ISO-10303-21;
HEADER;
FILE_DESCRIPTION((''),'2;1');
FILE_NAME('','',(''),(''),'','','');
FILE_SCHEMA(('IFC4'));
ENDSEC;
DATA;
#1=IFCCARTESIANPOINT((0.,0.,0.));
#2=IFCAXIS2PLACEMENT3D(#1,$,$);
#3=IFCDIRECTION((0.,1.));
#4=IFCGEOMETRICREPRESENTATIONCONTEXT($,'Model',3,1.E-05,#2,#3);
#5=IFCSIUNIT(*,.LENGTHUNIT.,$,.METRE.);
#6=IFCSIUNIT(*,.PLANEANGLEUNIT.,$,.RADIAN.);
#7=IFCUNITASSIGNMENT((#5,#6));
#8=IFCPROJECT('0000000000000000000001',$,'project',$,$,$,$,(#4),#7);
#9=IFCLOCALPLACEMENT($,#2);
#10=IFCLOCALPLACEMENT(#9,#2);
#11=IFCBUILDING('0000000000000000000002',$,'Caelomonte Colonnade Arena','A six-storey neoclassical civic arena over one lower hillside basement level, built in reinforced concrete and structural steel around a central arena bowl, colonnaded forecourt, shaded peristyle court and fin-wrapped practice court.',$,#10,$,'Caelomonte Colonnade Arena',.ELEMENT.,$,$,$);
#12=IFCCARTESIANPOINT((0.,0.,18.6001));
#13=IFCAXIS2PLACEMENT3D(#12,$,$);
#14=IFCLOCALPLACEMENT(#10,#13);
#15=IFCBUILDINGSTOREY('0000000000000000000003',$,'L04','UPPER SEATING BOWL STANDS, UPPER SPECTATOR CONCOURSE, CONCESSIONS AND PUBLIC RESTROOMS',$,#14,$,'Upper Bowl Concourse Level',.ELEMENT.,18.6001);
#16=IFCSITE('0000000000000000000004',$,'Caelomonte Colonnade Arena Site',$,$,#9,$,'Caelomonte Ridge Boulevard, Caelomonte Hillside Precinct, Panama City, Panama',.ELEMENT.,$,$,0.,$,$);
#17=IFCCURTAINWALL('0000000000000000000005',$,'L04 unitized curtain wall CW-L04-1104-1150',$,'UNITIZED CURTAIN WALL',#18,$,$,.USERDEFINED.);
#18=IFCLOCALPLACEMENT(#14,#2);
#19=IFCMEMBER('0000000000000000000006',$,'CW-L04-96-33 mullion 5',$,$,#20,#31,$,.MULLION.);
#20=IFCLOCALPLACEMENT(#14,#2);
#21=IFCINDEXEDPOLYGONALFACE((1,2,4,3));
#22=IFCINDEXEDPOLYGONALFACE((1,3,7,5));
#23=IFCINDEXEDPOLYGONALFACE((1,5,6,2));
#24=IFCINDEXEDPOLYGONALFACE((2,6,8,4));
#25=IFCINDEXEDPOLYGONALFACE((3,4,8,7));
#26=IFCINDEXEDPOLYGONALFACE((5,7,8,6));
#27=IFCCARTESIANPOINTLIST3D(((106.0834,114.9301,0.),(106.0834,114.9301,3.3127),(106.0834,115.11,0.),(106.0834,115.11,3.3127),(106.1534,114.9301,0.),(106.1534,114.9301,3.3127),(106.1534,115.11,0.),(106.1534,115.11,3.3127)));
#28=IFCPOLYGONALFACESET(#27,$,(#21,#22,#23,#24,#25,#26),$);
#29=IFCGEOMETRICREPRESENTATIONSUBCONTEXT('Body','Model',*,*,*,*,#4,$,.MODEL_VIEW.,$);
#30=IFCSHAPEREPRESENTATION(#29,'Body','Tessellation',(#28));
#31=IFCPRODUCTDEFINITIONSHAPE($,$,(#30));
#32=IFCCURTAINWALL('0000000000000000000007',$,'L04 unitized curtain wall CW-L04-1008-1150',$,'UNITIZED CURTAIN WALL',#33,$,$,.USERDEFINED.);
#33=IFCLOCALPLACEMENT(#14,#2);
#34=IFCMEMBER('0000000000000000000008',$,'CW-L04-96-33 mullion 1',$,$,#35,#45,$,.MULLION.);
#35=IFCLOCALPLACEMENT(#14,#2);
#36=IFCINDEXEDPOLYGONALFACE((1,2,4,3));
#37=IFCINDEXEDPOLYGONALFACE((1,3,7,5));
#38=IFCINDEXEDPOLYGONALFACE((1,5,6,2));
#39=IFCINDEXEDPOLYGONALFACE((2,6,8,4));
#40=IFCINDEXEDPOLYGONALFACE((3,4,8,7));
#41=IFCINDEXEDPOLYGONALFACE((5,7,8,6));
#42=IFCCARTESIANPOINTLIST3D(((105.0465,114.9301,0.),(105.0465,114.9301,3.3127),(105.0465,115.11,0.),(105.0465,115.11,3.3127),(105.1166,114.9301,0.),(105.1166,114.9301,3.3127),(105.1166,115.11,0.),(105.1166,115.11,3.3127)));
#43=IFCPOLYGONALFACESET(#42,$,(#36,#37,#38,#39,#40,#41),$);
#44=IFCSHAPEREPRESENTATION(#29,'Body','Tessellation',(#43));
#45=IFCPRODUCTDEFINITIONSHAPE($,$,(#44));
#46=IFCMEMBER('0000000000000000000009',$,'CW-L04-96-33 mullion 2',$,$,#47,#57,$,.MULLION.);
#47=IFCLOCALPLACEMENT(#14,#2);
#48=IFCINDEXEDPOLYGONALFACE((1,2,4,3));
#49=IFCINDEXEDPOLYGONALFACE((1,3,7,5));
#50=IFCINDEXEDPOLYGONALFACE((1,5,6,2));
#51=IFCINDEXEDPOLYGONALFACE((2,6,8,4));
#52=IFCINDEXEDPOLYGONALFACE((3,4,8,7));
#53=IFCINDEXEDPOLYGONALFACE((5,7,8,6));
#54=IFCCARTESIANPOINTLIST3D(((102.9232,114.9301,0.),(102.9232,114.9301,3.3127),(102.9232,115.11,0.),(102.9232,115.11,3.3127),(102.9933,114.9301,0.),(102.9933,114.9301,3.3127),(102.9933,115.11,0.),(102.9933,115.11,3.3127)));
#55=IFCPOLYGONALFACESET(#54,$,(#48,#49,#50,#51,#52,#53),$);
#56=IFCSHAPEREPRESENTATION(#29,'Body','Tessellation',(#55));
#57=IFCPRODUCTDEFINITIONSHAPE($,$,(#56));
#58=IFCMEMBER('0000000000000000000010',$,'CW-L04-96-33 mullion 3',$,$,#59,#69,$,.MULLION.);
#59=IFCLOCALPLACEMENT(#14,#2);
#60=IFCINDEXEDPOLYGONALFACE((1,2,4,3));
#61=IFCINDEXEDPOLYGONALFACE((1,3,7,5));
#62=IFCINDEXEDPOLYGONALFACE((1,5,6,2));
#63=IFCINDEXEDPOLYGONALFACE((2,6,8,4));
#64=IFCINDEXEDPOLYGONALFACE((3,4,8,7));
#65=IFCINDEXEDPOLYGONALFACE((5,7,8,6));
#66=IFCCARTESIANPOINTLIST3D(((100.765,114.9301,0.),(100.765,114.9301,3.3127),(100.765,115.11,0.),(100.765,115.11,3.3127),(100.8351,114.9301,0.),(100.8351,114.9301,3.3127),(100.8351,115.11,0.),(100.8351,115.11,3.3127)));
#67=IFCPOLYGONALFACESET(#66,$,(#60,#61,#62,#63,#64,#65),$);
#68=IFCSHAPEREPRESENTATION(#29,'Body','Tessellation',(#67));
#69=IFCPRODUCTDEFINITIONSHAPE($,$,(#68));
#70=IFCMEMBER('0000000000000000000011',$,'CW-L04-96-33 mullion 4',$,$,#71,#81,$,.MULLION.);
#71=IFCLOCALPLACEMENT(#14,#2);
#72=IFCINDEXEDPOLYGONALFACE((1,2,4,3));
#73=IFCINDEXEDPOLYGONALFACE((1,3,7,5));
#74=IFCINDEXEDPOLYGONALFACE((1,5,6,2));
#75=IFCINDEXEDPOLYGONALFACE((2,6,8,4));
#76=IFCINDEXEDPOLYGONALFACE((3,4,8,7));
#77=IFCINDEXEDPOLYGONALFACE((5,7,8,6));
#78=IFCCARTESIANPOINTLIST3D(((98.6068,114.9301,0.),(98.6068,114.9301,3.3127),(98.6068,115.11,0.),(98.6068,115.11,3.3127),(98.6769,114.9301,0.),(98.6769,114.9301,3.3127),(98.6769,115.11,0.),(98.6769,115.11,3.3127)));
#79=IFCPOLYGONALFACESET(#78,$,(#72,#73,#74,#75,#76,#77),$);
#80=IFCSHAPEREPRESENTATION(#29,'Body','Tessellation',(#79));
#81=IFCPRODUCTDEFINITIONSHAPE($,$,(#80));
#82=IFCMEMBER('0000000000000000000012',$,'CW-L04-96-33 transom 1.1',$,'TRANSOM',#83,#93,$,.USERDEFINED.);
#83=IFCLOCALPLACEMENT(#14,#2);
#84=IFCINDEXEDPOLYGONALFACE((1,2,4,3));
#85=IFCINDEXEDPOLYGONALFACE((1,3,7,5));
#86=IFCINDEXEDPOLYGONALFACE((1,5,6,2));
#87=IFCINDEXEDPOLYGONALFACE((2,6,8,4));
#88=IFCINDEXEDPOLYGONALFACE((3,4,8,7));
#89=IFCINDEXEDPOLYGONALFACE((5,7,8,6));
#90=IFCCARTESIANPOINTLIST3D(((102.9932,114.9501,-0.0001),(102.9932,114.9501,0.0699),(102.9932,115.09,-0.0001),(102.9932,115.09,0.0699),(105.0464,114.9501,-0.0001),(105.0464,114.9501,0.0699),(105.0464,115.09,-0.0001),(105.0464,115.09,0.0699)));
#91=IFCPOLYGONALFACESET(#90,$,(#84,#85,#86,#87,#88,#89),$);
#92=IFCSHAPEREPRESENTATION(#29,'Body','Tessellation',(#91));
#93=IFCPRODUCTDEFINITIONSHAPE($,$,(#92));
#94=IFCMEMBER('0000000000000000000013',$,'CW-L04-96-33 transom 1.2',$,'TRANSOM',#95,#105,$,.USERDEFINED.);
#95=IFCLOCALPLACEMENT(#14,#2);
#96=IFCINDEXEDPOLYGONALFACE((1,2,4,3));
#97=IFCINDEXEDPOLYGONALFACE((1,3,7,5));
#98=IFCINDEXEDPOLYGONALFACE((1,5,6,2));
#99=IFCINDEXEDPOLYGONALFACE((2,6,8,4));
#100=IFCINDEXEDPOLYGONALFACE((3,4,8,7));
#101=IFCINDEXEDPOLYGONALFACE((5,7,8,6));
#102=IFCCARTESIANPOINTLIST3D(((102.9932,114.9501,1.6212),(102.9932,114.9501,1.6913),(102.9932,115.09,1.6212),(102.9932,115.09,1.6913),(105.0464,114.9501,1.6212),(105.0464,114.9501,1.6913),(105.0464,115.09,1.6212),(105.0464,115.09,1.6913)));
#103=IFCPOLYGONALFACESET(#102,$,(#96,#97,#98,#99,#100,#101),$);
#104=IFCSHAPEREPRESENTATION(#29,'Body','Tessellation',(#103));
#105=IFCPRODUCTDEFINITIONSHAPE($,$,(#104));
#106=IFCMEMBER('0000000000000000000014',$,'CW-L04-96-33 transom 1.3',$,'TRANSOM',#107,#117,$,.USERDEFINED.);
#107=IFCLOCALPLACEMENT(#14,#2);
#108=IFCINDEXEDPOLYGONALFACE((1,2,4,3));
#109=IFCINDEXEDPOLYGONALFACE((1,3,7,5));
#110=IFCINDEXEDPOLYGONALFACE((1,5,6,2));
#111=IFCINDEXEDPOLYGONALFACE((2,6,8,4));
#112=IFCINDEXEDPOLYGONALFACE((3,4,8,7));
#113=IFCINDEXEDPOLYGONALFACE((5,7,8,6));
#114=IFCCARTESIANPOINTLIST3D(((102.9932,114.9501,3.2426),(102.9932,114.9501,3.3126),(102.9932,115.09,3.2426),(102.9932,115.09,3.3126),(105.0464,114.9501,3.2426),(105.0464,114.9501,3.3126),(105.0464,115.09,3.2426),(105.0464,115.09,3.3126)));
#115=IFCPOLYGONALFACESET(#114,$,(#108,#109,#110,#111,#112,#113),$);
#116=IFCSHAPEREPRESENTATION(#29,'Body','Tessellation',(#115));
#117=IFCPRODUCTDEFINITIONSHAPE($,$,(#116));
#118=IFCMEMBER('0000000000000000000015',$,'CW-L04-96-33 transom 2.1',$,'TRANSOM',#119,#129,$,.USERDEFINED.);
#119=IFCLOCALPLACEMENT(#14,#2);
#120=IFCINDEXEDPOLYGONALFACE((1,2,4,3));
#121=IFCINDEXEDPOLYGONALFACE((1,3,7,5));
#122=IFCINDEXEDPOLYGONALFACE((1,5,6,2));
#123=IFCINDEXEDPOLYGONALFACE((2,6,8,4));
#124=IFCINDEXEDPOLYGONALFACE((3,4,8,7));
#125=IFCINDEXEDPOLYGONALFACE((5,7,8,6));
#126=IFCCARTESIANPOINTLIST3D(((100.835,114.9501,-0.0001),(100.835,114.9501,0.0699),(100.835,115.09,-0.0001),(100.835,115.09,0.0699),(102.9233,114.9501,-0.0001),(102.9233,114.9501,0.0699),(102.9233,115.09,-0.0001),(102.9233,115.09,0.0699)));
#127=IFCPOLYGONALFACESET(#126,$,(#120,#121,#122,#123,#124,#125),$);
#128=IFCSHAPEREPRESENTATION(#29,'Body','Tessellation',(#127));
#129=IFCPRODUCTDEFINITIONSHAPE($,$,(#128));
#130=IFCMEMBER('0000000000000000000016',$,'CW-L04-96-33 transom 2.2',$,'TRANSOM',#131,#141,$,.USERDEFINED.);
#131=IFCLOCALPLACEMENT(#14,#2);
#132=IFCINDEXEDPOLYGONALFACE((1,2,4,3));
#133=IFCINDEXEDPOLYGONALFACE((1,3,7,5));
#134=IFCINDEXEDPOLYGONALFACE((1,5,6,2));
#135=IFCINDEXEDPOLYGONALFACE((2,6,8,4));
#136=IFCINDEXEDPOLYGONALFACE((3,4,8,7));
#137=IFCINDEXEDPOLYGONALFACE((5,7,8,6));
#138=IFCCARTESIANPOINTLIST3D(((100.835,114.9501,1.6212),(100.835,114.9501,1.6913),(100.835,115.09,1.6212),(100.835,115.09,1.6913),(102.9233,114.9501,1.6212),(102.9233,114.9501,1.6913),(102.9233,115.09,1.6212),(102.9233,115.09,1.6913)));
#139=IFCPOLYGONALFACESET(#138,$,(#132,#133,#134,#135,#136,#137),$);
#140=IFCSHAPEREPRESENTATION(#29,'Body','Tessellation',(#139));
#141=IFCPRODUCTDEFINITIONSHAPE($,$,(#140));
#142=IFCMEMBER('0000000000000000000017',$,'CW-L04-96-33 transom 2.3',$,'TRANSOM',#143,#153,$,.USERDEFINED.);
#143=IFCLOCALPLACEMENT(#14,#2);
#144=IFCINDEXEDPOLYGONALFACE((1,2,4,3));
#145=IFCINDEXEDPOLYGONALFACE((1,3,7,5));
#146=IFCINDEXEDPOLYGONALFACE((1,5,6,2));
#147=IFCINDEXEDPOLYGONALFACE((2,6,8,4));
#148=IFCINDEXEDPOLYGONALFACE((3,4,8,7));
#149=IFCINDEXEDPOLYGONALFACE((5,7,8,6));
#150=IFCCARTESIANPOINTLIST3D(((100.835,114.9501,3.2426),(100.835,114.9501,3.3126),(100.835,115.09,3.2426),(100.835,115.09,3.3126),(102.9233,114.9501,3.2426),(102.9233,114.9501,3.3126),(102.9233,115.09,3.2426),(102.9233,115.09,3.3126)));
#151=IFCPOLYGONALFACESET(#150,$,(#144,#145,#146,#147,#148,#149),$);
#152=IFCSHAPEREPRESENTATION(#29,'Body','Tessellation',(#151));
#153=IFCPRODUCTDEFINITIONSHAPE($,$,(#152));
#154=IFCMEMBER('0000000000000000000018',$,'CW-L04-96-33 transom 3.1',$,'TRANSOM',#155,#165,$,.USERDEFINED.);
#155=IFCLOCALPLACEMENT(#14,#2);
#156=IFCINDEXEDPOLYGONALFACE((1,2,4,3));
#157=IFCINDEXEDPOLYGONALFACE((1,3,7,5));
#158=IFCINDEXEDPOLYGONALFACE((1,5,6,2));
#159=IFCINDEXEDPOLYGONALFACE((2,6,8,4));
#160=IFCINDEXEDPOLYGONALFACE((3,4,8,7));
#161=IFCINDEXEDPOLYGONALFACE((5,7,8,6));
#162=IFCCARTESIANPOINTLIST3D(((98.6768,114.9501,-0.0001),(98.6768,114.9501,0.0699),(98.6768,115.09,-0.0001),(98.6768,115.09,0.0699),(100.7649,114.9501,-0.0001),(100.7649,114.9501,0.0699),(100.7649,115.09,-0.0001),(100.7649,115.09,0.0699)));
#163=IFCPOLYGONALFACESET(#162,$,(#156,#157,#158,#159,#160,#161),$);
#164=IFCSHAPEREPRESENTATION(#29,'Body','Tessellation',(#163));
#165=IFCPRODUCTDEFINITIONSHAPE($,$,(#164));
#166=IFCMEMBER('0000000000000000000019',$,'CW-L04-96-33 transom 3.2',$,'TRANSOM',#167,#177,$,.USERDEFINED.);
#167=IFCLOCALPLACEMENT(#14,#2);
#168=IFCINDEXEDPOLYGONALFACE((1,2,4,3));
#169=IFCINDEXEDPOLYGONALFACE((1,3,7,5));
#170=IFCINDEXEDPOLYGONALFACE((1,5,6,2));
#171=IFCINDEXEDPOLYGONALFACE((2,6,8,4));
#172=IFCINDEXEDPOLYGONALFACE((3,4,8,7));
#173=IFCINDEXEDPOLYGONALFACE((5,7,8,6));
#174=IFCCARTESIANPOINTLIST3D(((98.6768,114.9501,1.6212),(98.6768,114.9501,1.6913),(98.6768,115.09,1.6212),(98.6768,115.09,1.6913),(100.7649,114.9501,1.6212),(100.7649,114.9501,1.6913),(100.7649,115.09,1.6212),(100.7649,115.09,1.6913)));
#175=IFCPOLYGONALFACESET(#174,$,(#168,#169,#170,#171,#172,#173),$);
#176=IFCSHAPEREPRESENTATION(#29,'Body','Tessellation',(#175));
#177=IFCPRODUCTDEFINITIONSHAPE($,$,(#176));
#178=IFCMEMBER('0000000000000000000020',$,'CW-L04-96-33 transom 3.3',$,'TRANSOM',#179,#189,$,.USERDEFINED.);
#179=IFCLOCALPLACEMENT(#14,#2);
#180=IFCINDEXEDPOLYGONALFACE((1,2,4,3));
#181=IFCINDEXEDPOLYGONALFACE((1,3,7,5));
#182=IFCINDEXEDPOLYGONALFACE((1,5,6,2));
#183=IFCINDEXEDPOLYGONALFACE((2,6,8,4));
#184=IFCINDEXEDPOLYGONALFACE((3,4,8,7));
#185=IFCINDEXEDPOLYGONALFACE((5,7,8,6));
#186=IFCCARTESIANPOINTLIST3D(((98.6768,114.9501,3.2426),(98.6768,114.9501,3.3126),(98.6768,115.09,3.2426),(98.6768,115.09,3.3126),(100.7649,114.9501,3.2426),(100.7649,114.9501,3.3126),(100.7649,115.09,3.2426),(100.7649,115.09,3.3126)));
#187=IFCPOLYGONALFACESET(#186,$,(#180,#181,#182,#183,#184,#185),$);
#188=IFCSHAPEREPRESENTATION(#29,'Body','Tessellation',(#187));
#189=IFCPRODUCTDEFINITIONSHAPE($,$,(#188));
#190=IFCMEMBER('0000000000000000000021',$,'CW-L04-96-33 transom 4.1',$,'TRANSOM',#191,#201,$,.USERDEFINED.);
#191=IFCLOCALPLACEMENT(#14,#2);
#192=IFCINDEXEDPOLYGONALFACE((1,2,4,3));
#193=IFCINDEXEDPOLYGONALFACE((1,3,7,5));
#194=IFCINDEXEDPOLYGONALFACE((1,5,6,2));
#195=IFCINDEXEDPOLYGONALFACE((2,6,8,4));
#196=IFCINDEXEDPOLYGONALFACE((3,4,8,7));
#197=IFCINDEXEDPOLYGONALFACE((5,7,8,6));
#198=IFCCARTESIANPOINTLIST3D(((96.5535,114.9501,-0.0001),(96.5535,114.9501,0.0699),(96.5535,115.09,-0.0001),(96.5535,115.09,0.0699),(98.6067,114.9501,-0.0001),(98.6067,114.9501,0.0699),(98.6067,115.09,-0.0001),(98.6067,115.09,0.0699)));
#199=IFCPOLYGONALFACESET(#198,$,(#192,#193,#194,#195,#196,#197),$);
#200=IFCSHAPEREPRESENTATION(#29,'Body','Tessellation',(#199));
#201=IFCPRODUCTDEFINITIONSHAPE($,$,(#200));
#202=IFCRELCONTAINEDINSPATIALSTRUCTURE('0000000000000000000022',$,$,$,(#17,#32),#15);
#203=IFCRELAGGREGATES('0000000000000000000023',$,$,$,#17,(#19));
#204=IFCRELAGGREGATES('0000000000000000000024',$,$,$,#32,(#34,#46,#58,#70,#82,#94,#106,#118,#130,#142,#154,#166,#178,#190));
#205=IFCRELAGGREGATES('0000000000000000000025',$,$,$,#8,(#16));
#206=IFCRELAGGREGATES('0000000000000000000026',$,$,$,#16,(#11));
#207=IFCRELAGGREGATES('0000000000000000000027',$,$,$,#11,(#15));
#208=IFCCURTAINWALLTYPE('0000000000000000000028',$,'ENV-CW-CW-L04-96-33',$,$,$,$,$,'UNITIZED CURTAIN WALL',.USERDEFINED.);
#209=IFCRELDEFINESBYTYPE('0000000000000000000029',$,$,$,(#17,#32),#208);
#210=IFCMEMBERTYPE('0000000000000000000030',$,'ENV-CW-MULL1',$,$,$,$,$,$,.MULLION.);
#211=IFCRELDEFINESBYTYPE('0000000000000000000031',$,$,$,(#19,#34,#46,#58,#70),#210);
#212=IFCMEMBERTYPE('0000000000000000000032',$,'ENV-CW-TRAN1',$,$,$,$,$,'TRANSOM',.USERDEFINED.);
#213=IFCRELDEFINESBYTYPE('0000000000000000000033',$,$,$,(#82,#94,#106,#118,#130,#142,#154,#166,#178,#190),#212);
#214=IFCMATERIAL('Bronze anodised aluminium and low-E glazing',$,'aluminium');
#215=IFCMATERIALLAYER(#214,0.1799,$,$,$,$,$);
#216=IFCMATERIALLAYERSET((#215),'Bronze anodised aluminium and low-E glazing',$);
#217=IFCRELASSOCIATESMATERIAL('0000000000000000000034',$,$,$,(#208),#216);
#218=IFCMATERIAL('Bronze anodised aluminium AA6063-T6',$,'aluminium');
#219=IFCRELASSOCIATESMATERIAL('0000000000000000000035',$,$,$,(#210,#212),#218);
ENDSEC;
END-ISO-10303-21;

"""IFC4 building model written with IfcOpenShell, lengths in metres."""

from ifc_helpers import new_model, si_unit, direction, frame, origin, origin_2d, place, context, subcontext, project, spatial, rectangle, extrude, material, layer, layer_set, material_profile, profile_set, type_object, element, aggregate, save


model = new_model("IFC4")

# Units and contexts
model_context = context("Model", 3, precision=1e-05, world=origin(), true_north=direction((0.0, 1.0)))
body_context = subcontext(model_context, "Body", "Model", "MODEL_VIEW")
ifc_project = project(units=[si_unit("LENGTHUNIT", "METRE"), si_unit("PLANEANGLEUNIT", "RADIAN")], contexts=[model_context])

# Site, building, storey
site_placement = place(None, origin())
site = spatial("IfcSite", under=ifc_project, at=site_placement, Name="Caelomonte Colonnade Arena Site", LongName="Caelomonte Ridge Boulevard, Caelomonte Hillside Precinct, Panama City, Panama", CompositionType="ELEMENT", RefElevation=0.0)
building_placement = place(site_placement, origin())
building = spatial("IfcBuilding", under=site, at=building_placement, Name="Caelomonte Colonnade Arena", Description="A six-storey neoclassical civic arena over one lower hillside basement level, built in reinforced concrete and structural steel around a central arena bowl, colonnaded forecourt, shaded peristyle court and fin-wrapped practice court.", LongName="Caelomonte Colonnade Arena", CompositionType="ELEMENT")
storey_placement = place(building_placement, frame((0.0, 0.0, 18.6001)))
storey = spatial("IfcBuildingStorey", under=building, at=storey_placement, Name="L04", Description="UPPER SEATING BOWL STANDS, UPPER SPECTATOR CONCOURSE, CONCESSIONS AND PUBLIC RESTROOMS", LongName="Upper Bowl Concourse Level", CompositionType="ELEMENT", Elevation=18.6001)

# Curtain wall, member
ifc_material_1 = material(Name="Bronze anodised aluminium and low-E glazing", Category="aluminium")
ifc_layer_1 = layer(ifc_material_1, 0.1799)
ifc_layer_set_1 = layer_set([ifc_layer_1], Name="Bronze anodised aluminium and low-E glazing")
curtain_wall_type = type_object("IfcCurtainWallType", Name="ENV-CW-CW-L04-96-33", ElementType="UNITIZED CURTAIN WALL", PredefinedType="USERDEFINED", material=ifc_layer_set_1)
curtain_wall_1_placement = place(storey_placement, origin())
curtain_wall_1 = element("IfcCurtainWall", 1, at=curtain_wall_1_placement, inside=storey, type_object=curtain_wall_type, Name="L04 unitized curtain wall CW-L04-1104-1150", ObjectType="UNITIZED CURTAIN WALL", PredefinedType="USERDEFINED")
ifc_material_2 = material(Name="Bronze anodised aluminium AA6063-T6", Category="aluminium")
ifc_material_profile_1 = material_profile(ifc_material_2, rectangle(XDim=0.0701, YDim=0.1799, at=origin_2d()), Name="CWM-70X180")
ifc_profile_set_1 = profile_set([ifc_material_profile_1], Name="Bronze anodised aluminium AA6063-T6")
member_type_1 = type_object("IfcMemberType", Name="ENV-CW-MULL1", PredefinedType="MULLION", material=ifc_profile_set_1)
member_1_placement = place(storey_placement, frame((106.1184, 115.02, 0.0), z_axis=(0.0, 0.0, 1.0), x_axis=(-1.0, 0.0, 0.0)))
member_1 = element("IfcMember", 2, at=member_1_placement, type_object=member_type_1, Name="CW-L04-96-33 mullion 5", PredefinedType="MULLION", context=body_context, shape_type="SweptSolid", body=[
    extrude(rectangle(XDim=0.0701, YDim=0.1799, at=origin_2d()), origin(), (0.0, 0.0, 1.0), 3.3127),
])
aggregate(curtain_wall_1, [member_1])

# Curtain wall, members
curtain_wall_2_placement = place(storey_placement, origin())
curtain_wall_2 = element("IfcCurtainWall", 3, at=curtain_wall_2_placement, inside=storey, type_object=curtain_wall_type, Name="L04 unitized curtain wall CW-L04-1008-1150", ObjectType="UNITIZED CURTAIN WALL", PredefinedType="USERDEFINED")
member_2_placement = place(storey_placement, frame((105.0815, 115.02, 0.0), z_axis=(0.0, 0.0, 1.0), x_axis=(-1.0, 0.0, 0.0)))
member_2 = element("IfcMember", 4, at=member_2_placement, type_object=member_type_1, Name="CW-L04-96-33 mullion 1", PredefinedType="MULLION", context=body_context, shape_type="SweptSolid", body=[
    extrude(rectangle(XDim=0.0701, YDim=0.1799, at=origin_2d()), origin(), (0.0, 0.0, 1.0), 3.3127),
])
member_3_placement = place(storey_placement, frame((102.9583, 115.02, 0.0), z_axis=(0.0, 0.0, 1.0), x_axis=(-1.0, 0.0, 0.0)))
member_3 = element("IfcMember", 5, at=member_3_placement, type_object=member_type_1, Name="CW-L04-96-33 mullion 2", PredefinedType="MULLION", context=body_context, shape_type="SweptSolid", body=[
    extrude(rectangle(XDim=0.0701, YDim=0.1799, at=origin_2d()), origin(), (0.0, 0.0, 1.0), 3.3127),
])
member_4_placement = place(storey_placement, frame((100.8, 115.02, 0.0), z_axis=(0.0, 0.0, 1.0), x_axis=(-1.0, 0.0, 0.0)))
member_4 = element("IfcMember", 6, at=member_4_placement, type_object=member_type_1, Name="CW-L04-96-33 mullion 3", PredefinedType="MULLION", context=body_context, shape_type="SweptSolid", body=[
    extrude(rectangle(XDim=0.0701, YDim=0.1799, at=origin_2d()), origin(), (0.0, 0.0, 1.0), 3.3127),
])
member_5_placement = place(storey_placement, frame((98.6418, 115.02, 0.0), z_axis=(0.0, 0.0, 1.0), x_axis=(-1.0, 0.0, 0.0)))
member_5 = element("IfcMember", 7, at=member_5_placement, type_object=member_type_1, Name="CW-L04-96-33 mullion 4", PredefinedType="MULLION", context=body_context, shape_type="SweptSolid", body=[
    extrude(rectangle(XDim=0.0701, YDim=0.1799, at=origin_2d()), origin(), (0.0, 0.0, 1.0), 3.3127),
])
ifc_material_profile_2 = material_profile(ifc_material_2, rectangle(XDim=0.0701, YDim=0.1399, at=origin_2d()), Name="CWT-70X140")
ifc_profile_set_2 = profile_set([ifc_material_profile_2], Name="Bronze anodised aluminium AA6063-T6")
member_type_2 = type_object("IfcMemberType", Name="ENV-CW-TRAN1", ElementType="TRANSOM", PredefinedType="USERDEFINED", material=ifc_profile_set_2)
member_6_placement = place(storey_placement, frame((105.0464, 115.02, 0.0349), z_axis=(-1.0, 0.0, 0.0), x_axis=(0.0, 0.0, 1.0)))
member_6 = element("IfcMember", 8, at=member_6_placement, type_object=member_type_2, Name="CW-L04-96-33 transom 1.1", ObjectType="TRANSOM", PredefinedType="USERDEFINED", context=body_context, shape_type="SweptSolid", body=[
    extrude(rectangle(XDim=0.0701, YDim=0.1399, at=origin_2d()), origin(), (0.0, 0.0, 1.0), 2.0532),
])
member_7_placement = place(storey_placement, frame((105.0464, 115.02, 1.6562), z_axis=(-1.0, 0.0, 0.0), x_axis=(0.0, 0.0, 1.0)))
member_7 = element("IfcMember", 9, at=member_7_placement, type_object=member_type_2, Name="CW-L04-96-33 transom 1.2", ObjectType="TRANSOM", PredefinedType="USERDEFINED", context=body_context, shape_type="SweptSolid", body=[
    extrude(rectangle(XDim=0.0701, YDim=0.1399, at=origin_2d()), origin(), (0.0, 0.0, 1.0), 2.0532),
])
member_8_placement = place(storey_placement, frame((105.0464, 115.02, 3.2776), z_axis=(-1.0, 0.0, 0.0), x_axis=(0.0, 0.0, 1.0)))
member_8 = element("IfcMember", 10, at=member_8_placement, type_object=member_type_2, Name="CW-L04-96-33 transom 1.3", ObjectType="TRANSOM", PredefinedType="USERDEFINED", context=body_context, shape_type="SweptSolid", body=[
    extrude(rectangle(XDim=0.0701, YDim=0.1399, at=origin_2d()), origin(), (0.0, 0.0, 1.0), 2.0532),
])
member_9_placement = place(storey_placement, frame((102.9233, 115.02, 0.0349), z_axis=(-1.0, 0.0, 0.0), x_axis=(0.0, 0.0, 1.0)))
member_9 = element("IfcMember", 11, at=member_9_placement, type_object=member_type_2, Name="CW-L04-96-33 transom 2.1", ObjectType="TRANSOM", PredefinedType="USERDEFINED", context=body_context, shape_type="SweptSolid", body=[
    extrude(rectangle(XDim=0.0701, YDim=0.1399, at=origin_2d()), origin(), (0.0, 0.0, 1.0), 2.0884),
])
member_10_placement = place(storey_placement, frame((102.9233, 115.02, 1.6562), z_axis=(-1.0, 0.0, 0.0), x_axis=(0.0, 0.0, 1.0)))
member_10 = element("IfcMember", 12, at=member_10_placement, type_object=member_type_2, Name="CW-L04-96-33 transom 2.2", ObjectType="TRANSOM", PredefinedType="USERDEFINED", context=body_context, shape_type="SweptSolid", body=[
    extrude(rectangle(XDim=0.0701, YDim=0.1399, at=origin_2d()), origin(), (0.0, 0.0, 1.0), 2.0884),
])
member_11_placement = place(storey_placement, frame((102.9233, 115.02, 3.2776), z_axis=(-1.0, 0.0, 0.0), x_axis=(0.0, 0.0, 1.0)))
member_11 = element("IfcMember", 13, at=member_11_placement, type_object=member_type_2, Name="CW-L04-96-33 transom 2.3", ObjectType="TRANSOM", PredefinedType="USERDEFINED", context=body_context, shape_type="SweptSolid", body=[
    extrude(rectangle(XDim=0.0701, YDim=0.1399, at=origin_2d()), origin(), (0.0, 0.0, 1.0), 2.0884),
])
member_12_placement = place(storey_placement, frame((100.7649, 115.02, 0.0349), z_axis=(-1.0, 0.0, 0.0), x_axis=(0.0, 0.0, 1.0)))
member_12 = element("IfcMember", 14, at=member_12_placement, type_object=member_type_2, Name="CW-L04-96-33 transom 3.1", ObjectType="TRANSOM", PredefinedType="USERDEFINED", context=body_context, shape_type="SweptSolid", body=[
    extrude(rectangle(XDim=0.0701, YDim=0.1399, at=origin_2d()), origin(), (0.0, 0.0, 1.0), 2.0881),
])
member_13_placement = place(storey_placement, frame((100.7649, 115.02, 1.6562), z_axis=(-1.0, 0.0, 0.0), x_axis=(0.0, 0.0, 1.0)))
member_13 = element("IfcMember", 15, at=member_13_placement, type_object=member_type_2, Name="CW-L04-96-33 transom 3.2", ObjectType="TRANSOM", PredefinedType="USERDEFINED", context=body_context, shape_type="SweptSolid", body=[
    extrude(rectangle(XDim=0.0701, YDim=0.1399, at=origin_2d()), origin(), (0.0, 0.0, 1.0), 2.0881),
])
member_14_placement = place(storey_placement, frame((100.7649, 115.02, 3.2776), z_axis=(-1.0, 0.0, 0.0), x_axis=(0.0, 0.0, 1.0)))
member_14 = element("IfcMember", 16, at=member_14_placement, type_object=member_type_2, Name="CW-L04-96-33 transom 3.3", ObjectType="TRANSOM", PredefinedType="USERDEFINED", context=body_context, shape_type="SweptSolid", body=[
    extrude(rectangle(XDim=0.0701, YDim=0.1399, at=origin_2d()), origin(), (0.0, 0.0, 1.0), 2.0881),
])
member_15_placement = place(storey_placement, frame((98.6067, 115.02, 0.0349), z_axis=(-1.0, 0.0, 0.0), x_axis=(0.0, 0.0, 1.0)))
member_15 = element("IfcMember", 17, at=member_15_placement, type_object=member_type_2, Name="CW-L04-96-33 transom 4.1", ObjectType="TRANSOM", PredefinedType="USERDEFINED", context=body_context, shape_type="SweptSolid", body=[
    extrude(rectangle(XDim=0.0701, YDim=0.1399, at=origin_2d()), origin(), (0.0, 0.0, 1.0), 2.0532),
])
aggregate(curtain_wall_2, [member_2, member_3, member_4, member_5, member_6, member_7, member_8, member_9, member_10, member_11, member_12, member_13, member_14, member_15])

save(model, "model.ifc")
